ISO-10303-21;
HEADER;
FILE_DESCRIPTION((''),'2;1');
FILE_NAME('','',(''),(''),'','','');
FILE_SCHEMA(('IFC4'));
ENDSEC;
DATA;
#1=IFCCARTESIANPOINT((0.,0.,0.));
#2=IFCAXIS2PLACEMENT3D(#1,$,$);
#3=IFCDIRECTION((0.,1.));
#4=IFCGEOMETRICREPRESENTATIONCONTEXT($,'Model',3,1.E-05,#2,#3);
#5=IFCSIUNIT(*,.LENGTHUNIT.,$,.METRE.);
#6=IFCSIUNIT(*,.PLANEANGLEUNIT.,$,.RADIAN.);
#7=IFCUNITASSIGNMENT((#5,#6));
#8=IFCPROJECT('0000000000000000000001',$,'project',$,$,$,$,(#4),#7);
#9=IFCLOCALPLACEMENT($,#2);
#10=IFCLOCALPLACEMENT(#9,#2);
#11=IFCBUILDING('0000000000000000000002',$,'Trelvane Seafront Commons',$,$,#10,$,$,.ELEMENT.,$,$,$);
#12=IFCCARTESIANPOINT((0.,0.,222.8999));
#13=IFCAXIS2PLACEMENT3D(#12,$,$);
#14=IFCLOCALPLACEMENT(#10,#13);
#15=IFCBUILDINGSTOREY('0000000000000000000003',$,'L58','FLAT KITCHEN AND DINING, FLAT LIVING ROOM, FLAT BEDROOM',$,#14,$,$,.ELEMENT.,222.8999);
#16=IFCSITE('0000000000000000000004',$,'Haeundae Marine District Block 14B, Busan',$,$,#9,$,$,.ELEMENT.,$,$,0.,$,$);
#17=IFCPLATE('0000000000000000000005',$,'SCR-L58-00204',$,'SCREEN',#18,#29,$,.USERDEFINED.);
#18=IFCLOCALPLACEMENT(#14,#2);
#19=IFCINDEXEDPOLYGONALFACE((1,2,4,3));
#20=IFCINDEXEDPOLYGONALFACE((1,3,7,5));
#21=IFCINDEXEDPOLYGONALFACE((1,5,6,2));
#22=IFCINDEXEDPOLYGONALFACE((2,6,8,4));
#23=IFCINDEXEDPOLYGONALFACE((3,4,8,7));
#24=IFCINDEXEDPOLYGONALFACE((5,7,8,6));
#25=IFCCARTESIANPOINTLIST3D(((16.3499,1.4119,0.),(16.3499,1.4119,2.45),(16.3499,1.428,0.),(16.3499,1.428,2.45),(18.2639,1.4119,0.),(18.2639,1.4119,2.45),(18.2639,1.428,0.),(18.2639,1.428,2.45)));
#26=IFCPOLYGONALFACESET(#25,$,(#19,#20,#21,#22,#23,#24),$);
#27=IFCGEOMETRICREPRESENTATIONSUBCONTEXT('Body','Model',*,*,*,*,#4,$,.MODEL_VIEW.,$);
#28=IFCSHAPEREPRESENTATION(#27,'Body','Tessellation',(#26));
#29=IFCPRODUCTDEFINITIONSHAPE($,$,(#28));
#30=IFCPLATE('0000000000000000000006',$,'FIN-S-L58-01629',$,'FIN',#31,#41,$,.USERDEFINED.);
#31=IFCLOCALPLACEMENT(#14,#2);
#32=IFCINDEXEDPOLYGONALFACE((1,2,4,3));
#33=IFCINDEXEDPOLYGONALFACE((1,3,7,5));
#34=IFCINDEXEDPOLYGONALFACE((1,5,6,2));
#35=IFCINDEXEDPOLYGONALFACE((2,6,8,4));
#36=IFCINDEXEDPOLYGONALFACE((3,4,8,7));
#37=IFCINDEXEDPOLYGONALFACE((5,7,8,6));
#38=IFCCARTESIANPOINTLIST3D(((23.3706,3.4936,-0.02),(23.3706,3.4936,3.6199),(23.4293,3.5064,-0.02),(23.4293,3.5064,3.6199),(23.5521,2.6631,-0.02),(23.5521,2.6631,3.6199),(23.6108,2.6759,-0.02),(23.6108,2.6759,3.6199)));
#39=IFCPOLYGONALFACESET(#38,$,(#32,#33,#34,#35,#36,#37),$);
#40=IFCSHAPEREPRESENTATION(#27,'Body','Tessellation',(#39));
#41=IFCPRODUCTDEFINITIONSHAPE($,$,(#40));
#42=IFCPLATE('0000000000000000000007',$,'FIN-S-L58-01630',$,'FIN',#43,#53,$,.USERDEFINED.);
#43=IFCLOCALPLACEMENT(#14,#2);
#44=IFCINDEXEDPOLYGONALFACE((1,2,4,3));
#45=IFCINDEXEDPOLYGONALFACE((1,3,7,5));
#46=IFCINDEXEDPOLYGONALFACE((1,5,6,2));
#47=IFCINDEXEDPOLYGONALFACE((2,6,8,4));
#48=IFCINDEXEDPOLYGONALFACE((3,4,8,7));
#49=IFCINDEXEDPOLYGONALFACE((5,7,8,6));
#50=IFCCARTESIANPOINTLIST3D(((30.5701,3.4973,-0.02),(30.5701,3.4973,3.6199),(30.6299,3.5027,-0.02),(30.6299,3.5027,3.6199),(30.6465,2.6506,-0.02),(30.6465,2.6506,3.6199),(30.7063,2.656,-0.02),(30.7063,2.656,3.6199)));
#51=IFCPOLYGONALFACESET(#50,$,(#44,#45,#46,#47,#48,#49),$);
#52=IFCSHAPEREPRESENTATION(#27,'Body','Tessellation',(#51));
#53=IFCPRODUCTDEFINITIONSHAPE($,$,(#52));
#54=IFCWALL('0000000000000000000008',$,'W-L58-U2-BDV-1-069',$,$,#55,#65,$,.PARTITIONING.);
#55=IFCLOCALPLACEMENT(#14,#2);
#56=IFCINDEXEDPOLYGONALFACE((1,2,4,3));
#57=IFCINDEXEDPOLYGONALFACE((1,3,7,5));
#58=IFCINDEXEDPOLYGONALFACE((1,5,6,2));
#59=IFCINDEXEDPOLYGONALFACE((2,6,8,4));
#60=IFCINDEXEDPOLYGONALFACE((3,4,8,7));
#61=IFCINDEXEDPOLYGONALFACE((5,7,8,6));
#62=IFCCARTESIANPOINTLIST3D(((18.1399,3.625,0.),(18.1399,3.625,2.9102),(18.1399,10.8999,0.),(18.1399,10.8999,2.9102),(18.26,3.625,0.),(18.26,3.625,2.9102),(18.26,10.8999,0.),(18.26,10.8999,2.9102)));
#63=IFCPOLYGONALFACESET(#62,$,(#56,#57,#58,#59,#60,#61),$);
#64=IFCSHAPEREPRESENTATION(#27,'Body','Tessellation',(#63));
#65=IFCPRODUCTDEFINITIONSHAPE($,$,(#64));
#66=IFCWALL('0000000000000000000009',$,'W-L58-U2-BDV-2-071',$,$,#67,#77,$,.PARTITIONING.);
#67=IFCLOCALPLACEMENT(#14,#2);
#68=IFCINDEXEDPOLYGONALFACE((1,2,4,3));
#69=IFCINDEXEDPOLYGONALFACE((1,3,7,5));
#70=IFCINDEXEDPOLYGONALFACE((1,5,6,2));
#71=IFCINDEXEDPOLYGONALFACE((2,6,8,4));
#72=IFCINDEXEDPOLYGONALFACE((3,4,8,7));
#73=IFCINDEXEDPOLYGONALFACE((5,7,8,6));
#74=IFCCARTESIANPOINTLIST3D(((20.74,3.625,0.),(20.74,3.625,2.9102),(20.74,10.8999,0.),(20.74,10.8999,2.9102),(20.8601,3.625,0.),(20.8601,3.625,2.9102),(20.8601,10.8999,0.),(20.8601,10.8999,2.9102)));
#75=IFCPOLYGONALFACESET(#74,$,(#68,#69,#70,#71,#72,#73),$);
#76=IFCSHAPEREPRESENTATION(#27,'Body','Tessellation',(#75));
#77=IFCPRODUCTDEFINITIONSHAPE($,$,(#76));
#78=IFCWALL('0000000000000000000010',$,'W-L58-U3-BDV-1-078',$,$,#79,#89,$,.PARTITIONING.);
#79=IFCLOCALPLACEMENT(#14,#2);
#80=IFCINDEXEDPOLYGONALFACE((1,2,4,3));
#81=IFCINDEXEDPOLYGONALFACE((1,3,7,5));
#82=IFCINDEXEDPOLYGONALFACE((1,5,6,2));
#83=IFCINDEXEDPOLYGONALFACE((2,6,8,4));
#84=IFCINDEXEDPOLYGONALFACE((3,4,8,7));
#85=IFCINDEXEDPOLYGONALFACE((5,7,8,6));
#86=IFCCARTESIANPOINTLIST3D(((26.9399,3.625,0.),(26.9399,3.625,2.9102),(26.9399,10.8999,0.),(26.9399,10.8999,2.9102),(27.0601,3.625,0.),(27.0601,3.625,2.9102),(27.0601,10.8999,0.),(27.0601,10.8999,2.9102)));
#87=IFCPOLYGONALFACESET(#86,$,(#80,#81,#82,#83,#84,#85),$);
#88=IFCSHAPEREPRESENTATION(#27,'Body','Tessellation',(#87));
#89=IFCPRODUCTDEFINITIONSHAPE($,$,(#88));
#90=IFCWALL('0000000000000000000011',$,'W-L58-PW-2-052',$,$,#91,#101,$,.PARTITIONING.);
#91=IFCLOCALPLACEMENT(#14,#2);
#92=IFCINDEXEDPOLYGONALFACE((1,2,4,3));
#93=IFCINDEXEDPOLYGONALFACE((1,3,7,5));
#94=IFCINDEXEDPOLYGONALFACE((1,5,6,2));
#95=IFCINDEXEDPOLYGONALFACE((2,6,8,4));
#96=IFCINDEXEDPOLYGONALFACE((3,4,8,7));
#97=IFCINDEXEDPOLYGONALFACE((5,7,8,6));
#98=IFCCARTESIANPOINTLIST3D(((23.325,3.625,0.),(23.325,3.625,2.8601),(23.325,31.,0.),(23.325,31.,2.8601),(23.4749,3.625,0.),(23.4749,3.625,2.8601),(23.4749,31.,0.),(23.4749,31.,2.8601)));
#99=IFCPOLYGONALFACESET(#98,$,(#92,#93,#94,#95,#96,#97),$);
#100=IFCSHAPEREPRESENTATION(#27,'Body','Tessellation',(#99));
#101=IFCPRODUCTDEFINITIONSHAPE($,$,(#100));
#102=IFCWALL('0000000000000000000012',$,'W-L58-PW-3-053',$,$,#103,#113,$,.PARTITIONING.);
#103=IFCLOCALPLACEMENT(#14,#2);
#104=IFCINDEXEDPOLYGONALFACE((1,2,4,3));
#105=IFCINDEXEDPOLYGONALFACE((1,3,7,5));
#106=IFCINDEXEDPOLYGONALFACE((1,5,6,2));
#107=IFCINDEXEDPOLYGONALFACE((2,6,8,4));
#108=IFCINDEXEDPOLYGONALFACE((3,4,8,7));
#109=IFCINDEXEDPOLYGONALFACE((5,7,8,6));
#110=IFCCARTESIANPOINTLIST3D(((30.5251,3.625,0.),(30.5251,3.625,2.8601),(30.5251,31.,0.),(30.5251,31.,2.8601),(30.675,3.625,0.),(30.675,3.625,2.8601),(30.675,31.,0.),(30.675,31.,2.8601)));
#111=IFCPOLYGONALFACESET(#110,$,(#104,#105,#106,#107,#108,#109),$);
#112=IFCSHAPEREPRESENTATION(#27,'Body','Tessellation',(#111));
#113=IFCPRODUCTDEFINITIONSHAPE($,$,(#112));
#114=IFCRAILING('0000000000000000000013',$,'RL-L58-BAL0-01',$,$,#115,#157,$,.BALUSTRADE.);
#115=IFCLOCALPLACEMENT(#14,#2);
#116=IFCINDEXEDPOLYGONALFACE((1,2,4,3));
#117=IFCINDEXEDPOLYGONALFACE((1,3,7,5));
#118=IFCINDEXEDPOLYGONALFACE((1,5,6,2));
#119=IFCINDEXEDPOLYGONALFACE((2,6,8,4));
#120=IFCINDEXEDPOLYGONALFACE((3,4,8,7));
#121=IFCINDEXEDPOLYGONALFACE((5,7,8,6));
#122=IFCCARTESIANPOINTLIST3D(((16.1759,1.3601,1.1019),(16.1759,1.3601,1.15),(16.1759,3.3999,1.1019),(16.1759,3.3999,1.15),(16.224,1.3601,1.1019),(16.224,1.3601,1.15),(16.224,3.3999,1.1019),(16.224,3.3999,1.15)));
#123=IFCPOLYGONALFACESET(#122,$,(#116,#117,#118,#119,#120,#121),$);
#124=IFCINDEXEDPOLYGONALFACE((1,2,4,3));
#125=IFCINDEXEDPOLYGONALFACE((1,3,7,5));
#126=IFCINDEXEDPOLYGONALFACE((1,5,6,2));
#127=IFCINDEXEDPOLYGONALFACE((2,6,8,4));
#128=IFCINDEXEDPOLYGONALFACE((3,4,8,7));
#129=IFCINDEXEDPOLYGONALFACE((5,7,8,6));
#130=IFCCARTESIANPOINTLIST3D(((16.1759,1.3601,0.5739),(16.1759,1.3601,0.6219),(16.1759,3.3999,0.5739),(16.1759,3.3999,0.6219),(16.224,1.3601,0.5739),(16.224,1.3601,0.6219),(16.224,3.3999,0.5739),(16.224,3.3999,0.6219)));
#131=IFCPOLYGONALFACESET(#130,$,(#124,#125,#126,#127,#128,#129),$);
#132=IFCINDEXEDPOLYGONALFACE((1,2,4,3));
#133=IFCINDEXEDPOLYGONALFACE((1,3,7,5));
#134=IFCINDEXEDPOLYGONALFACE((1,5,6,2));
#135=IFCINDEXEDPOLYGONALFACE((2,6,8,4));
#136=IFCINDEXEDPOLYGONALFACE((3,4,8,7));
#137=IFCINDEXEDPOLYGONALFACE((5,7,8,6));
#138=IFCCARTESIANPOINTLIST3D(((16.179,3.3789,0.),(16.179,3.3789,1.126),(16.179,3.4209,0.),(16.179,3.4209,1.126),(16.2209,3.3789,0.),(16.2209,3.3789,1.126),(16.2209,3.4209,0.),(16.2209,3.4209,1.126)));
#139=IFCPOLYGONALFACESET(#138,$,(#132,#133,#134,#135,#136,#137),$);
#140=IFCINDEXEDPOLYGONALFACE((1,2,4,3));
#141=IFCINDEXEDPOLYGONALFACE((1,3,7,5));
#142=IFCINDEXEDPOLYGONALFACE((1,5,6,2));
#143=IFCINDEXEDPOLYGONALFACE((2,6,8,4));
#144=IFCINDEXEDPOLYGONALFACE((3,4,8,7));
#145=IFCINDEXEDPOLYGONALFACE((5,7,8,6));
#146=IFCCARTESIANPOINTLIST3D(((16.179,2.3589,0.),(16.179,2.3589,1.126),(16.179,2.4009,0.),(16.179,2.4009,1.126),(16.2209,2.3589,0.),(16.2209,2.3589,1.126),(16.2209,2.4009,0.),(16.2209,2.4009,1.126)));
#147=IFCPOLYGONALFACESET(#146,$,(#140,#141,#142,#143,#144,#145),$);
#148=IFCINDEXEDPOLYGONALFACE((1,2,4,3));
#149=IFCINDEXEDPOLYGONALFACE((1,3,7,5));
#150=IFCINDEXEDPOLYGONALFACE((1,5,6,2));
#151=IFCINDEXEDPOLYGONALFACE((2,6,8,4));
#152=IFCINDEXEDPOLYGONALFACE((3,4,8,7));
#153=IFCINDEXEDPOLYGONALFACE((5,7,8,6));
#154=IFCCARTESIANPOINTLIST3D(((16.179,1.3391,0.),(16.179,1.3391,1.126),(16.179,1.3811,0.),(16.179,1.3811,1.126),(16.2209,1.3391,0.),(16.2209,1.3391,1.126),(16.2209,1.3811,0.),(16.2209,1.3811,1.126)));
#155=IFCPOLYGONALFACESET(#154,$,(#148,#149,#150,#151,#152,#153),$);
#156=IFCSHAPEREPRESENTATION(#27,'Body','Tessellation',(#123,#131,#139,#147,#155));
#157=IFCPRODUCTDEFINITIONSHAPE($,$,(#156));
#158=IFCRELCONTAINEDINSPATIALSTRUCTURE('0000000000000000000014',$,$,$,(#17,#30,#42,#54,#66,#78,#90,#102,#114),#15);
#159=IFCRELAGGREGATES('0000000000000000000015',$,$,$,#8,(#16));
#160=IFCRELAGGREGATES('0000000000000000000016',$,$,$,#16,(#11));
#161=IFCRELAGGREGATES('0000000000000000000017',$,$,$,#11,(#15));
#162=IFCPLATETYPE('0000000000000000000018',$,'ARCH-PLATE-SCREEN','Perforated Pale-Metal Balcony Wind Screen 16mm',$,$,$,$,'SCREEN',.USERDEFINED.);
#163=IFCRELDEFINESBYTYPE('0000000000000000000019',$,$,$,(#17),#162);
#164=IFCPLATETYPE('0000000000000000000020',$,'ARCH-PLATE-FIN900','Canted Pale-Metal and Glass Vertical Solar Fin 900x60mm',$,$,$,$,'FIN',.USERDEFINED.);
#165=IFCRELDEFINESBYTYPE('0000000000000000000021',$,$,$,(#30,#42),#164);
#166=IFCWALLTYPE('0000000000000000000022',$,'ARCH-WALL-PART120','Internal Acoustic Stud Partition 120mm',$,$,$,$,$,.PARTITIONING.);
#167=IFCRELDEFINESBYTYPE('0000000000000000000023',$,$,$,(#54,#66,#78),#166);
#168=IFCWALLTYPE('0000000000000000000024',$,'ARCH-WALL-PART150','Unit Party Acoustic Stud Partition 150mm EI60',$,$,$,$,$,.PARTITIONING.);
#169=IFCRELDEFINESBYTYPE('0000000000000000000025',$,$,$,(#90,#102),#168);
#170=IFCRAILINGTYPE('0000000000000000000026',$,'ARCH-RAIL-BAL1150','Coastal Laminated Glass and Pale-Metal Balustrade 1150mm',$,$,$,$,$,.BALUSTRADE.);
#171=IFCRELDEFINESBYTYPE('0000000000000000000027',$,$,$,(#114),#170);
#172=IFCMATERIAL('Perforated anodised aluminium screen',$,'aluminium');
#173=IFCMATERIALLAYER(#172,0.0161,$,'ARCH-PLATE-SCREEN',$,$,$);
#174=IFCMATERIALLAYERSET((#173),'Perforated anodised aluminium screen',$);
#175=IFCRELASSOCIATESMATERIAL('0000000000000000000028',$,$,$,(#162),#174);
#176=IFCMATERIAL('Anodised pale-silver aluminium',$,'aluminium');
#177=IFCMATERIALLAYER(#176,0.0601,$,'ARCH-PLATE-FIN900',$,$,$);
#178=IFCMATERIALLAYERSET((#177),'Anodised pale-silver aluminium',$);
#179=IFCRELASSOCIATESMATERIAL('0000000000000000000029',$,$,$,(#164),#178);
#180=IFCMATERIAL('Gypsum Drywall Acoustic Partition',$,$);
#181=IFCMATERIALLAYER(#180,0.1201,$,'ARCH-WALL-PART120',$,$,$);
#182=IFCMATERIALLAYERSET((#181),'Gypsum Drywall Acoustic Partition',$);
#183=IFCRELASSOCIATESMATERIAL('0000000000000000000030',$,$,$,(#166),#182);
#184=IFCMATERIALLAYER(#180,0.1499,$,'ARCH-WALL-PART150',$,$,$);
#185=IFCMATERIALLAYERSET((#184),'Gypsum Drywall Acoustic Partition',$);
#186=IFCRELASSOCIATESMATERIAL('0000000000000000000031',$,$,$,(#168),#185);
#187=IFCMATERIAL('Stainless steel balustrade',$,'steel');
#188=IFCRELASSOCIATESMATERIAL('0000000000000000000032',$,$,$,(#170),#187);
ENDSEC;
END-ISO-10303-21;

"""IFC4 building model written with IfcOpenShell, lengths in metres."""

from ifc_helpers import new_model, si_unit, direction, frame, frame_2d, origin, origin_2d, place, context, subcontext, project, spatial, rectangle, extrude, source, transform, mapped, material, layer, layer_set, type_object, element, save


model = new_model("IFC4")

# Units and contexts
model_context = context("Model", 3, precision=1e-05, world=origin(), true_north=direction((0.0, 1.0)))
body_context = subcontext(model_context, "Body", "Model", "MODEL_VIEW")
ifc_project = project(units=[si_unit("LENGTHUNIT", "METRE"), si_unit("PLANEANGLEUNIT", "RADIAN")], contexts=[model_context])

# Site, building, storey
site_placement = place(None, origin())
site = spatial("IfcSite", under=ifc_project, at=site_placement, Name="Haeundae Marine District Block 14B, Busan", CompositionType="ELEMENT", RefElevation=0.0)
building_placement = place(site_placement, origin())
building = spatial("IfcBuilding", under=site, at=building_placement, Name="Trelvane Seafront Commons", CompositionType="ELEMENT")
storey_placement = place(building_placement, frame((0.0, 0.0, 222.8999)))
storey = spatial("IfcBuildingStorey", under=building, at=storey_placement, Name="L58", Description="FLAT KITCHEN AND DINING, FLAT LIVING ROOM, FLAT BEDROOM", CompositionType="ELEMENT", Elevation=222.8999)

# Plates
ifc_material_1 = material(Name="Perforated anodised aluminium screen", Category="aluminium")
ifc_layer_1 = layer(ifc_material_1, 0.0161, Name="ARCH-PLATE-SCREEN")
ifc_layer_set_1 = layer_set([ifc_layer_1], Name="Perforated anodised aluminium screen")
plate_type_1 = type_object("IfcPlateType", Name="ARCH-PLATE-SCREEN", Description="Perforated Pale-Metal Balcony Wind Screen 16mm", ElementType="SCREEN", PredefinedType="USERDEFINED", material=ifc_layer_set_1)
shared_shape_1 = source(origin(), body_context, "Body", "SweptSolid", [
    extrude(rectangle(XDim=1.9141, YDim=0.0161, at=origin_2d()), origin(), (0.0, 0.0, 1.0), 2.45),
])
plate_placement = place(storey_placement, frame((17.3069, 1.4199, 0.0), z_axis=(0.0, 0.0, 1.0), x_axis=(1.0, 0.0, 0.0)))
element("IfcPlate", 1, at=plate_placement, inside=storey, type_object=plate_type_1, Name="SCR-L58-00204", ObjectType="SCREEN", PredefinedType="USERDEFINED", context=body_context, shape_type="MappedRepresentation", body=[
    mapped(shared_shape_1, transform((0.0, 0.0, 0.0), x_axis=(1.0, 0.0, 0.0), y_axis=(0.0, 1.0, 0.0), z_axis=(0.0, 0.0, 1.0), scale=1.0)),
])
ifc_material_2 = material(Name="Anodised pale-silver aluminium", Category="aluminium")
ifc_layer_2 = layer(ifc_material_2, 0.0601, Name="ARCH-PLATE-FIN900")
ifc_layer_set_2 = layer_set([ifc_layer_2], Name="Anodised pale-silver aluminium")
plate_type_2 = type_object("IfcPlateType", Name="ARCH-PLATE-FIN900", Description="Canted Pale-Metal and Glass Vertical Solar Fin 900x60mm", ElementType="FIN", PredefinedType="USERDEFINED", material=ifc_layer_set_2)
shared_shape_2 = source(origin(), body_context, "Body", "SweptSolid", [
    extrude(rectangle(XDim=0.8501, YDim=0.0601, at=origin_2d()), origin(), (0.0, 0.0, 1.0), 3.6399),
])
for number, where, z_axis, x_axis, name in (
    (2, (23.4907, 3.0847, -0.02), (0.0, 0.0, 1.0), (0.213528, -0.976937, 0.0), "FIN-S-L58-01629"),
    (3, (30.6382, 3.0767, -0.02), (0.0, 0.0, 1.0), (0.089878, -0.995953, 0.0), "FIN-S-L58-01630"),
):
    element("IfcPlate", number, at=place(storey_placement, frame(where, z_axis=z_axis, x_axis=x_axis)), inside=storey, type_object=plate_type_2, Name=name, ObjectType="FIN", PredefinedType="USERDEFINED", context=body_context, shape_type="MappedRepresentation", body=[
        mapped(shared_shape_2, transform((0.0, 0.0, 0.0), x_axis=(1.0, 0.0, 0.0), y_axis=(0.0, 1.0, 0.0), z_axis=(0.0, 0.0, 1.0), scale=1.0)),
    ])

# Shared definitions
ifc_material_3 = material(Name="Gypsum Drywall Acoustic Partition")
ifc_layer_3 = layer(ifc_material_3, 0.1201, Name="ARCH-WALL-PART120")
ifc_layer_set_3 = layer_set([ifc_layer_3], Name="Gypsum Drywall Acoustic Partition")
wall_type_1 = type_object("IfcWallType", Name="ARCH-WALL-PART120", Description="Internal Acoustic Stud Partition 120mm", PredefinedType="PARTITIONING", material=ifc_layer_set_3)

# Wall
wall_1_placement = place(storey_placement, frame((18.2, 3.625, 0.0), z_axis=(0.0, 0.0, 1.0), x_axis=(0.0, 1.0, 0.0)))
element("IfcWall", 4, at=wall_1_placement, inside=storey, type_object=wall_type_1, Name="W-L58-U2-BDV-1-069", PredefinedType="PARTITIONING", context=body_context, shape_type="SweptSolid", body=[
    extrude(rectangle(XDim=7.2749, YDim=0.1201, at=frame_2d((3.6375, 0.0))), origin(), (0.0, 0.0, 1.0), 2.9102),
])

# Wall
wall_2_placement = place(storey_placement, frame((20.8, 3.625, 0.0), z_axis=(0.0, 0.0, 1.0), x_axis=(0.0, 1.0, 0.0)))
element("IfcWall", 5, at=wall_2_placement, inside=storey, type_object=wall_type_1, Name="W-L58-U2-BDV-2-071", PredefinedType="PARTITIONING", context=body_context, shape_type="SweptSolid", body=[
    extrude(rectangle(XDim=7.2749, YDim=0.1201, at=frame_2d((3.6375, 0.0))), origin(), (0.0, 0.0, 1.0), 2.9102),
])

# Walls
wall_3_placement = place(storey_placement, frame((27.0, 3.625, 0.0), z_axis=(0.0, 0.0, 1.0), x_axis=(0.0, 1.0, 0.0)))
element("IfcWall", 6, at=wall_3_placement, inside=storey, type_object=wall_type_1, Name="W-L58-U3-BDV-1-078", PredefinedType="PARTITIONING", context=body_context, shape_type="SweptSolid", body=[
    extrude(rectangle(XDim=7.2749, YDim=0.1201, at=frame_2d((3.6375, 0.0))), origin(), (0.0, 0.0, 1.0), 2.9102),
])
ifc_layer_4 = layer(ifc_material_3, 0.1499, Name="ARCH-WALL-PART150")
ifc_layer_set_4 = layer_set([ifc_layer_4], Name="Gypsum Drywall Acoustic Partition")
wall_type_2 = type_object("IfcWallType", Name="ARCH-WALL-PART150", Description="Unit Party Acoustic Stud Partition 150mm EI60", PredefinedType="PARTITIONING", material=ifc_layer_set_4)
for number, where, z_axis, x_axis, name in (
    (7, (23.3999, 3.625, 0.0), (0.0, 0.0, 1.0), (0.0, 1.0, 0.0), "W-L58-PW-2-052"),
    (8, (30.6001, 3.625, 0.0), (0.0, 0.0, 1.0), (0.0, 1.0, 0.0), "W-L58-PW-3-053"),
):
    element("IfcWall", number, at=place(storey_placement, frame(where, z_axis=z_axis, x_axis=x_axis)), inside=storey, type_object=wall_type_2, Name=name, PredefinedType="PARTITIONING", context=body_context, shape_type="SweptSolid", body=[
        extrude(rectangle(XDim=27.375, YDim=0.1499, at=frame_2d((13.6875, 0.0))), origin(), (0.0, 0.0, 1.0), 2.8601),
    ])

# Railing
ifc_material_4 = material(Name="Stainless steel balustrade", Category="steel")
railing_type = type_object("IfcRailingType", Name="ARCH-RAIL-BAL1150", Description="Coastal Laminated Glass and Pale-Metal Balustrade 1150mm", PredefinedType="BALUSTRADE", material=ifc_material_4)
railing_1_placement = place(storey_placement, frame((16.2, 3.3999, 0.0)))
element("IfcRailing", 9, at=railing_1_placement, inside=storey, type_object=railing_type, Name="RL-L58-BAL0-01", PredefinedType="BALUSTRADE", context=body_context, shape_type="SweptSolid", body=[
    extrude(rectangle(XDim=0.0481, YDim=0.0481, at=origin_2d()), frame((0.0, 0.0, 1.126), z_axis=(0.0, -1.0, 0.0), x_axis=(1.0, 0.0, 0.0)), (0.0, 0.0, 1.0), 2.0398),
    extrude(rectangle(XDim=0.0481, YDim=0.0481, at=origin_2d()), frame((0.0, 0.0, 0.5979), z_axis=(0.0, -1.0, 0.0), x_axis=(1.0, 0.0, 0.0)), (0.0, 0.0, 1.0), 2.0398),
    extrude(rectangle(XDim=0.042, YDim=0.042, at=origin_2d()), origin(), (0.0, 0.0, 1.0), 1.126),
    extrude(rectangle(XDim=0.042, YDim=0.042, at=origin_2d()), frame((0.0, -1.02, 0.0)), (0.0, 0.0, 1.0), 1.126),
    extrude(rectangle(XDim=0.042, YDim=0.042, at=origin_2d()), frame((0.0, -2.0398, 0.0)), (0.0, 0.0, 1.0), 1.126),
])

save(model, "model.ifc")
